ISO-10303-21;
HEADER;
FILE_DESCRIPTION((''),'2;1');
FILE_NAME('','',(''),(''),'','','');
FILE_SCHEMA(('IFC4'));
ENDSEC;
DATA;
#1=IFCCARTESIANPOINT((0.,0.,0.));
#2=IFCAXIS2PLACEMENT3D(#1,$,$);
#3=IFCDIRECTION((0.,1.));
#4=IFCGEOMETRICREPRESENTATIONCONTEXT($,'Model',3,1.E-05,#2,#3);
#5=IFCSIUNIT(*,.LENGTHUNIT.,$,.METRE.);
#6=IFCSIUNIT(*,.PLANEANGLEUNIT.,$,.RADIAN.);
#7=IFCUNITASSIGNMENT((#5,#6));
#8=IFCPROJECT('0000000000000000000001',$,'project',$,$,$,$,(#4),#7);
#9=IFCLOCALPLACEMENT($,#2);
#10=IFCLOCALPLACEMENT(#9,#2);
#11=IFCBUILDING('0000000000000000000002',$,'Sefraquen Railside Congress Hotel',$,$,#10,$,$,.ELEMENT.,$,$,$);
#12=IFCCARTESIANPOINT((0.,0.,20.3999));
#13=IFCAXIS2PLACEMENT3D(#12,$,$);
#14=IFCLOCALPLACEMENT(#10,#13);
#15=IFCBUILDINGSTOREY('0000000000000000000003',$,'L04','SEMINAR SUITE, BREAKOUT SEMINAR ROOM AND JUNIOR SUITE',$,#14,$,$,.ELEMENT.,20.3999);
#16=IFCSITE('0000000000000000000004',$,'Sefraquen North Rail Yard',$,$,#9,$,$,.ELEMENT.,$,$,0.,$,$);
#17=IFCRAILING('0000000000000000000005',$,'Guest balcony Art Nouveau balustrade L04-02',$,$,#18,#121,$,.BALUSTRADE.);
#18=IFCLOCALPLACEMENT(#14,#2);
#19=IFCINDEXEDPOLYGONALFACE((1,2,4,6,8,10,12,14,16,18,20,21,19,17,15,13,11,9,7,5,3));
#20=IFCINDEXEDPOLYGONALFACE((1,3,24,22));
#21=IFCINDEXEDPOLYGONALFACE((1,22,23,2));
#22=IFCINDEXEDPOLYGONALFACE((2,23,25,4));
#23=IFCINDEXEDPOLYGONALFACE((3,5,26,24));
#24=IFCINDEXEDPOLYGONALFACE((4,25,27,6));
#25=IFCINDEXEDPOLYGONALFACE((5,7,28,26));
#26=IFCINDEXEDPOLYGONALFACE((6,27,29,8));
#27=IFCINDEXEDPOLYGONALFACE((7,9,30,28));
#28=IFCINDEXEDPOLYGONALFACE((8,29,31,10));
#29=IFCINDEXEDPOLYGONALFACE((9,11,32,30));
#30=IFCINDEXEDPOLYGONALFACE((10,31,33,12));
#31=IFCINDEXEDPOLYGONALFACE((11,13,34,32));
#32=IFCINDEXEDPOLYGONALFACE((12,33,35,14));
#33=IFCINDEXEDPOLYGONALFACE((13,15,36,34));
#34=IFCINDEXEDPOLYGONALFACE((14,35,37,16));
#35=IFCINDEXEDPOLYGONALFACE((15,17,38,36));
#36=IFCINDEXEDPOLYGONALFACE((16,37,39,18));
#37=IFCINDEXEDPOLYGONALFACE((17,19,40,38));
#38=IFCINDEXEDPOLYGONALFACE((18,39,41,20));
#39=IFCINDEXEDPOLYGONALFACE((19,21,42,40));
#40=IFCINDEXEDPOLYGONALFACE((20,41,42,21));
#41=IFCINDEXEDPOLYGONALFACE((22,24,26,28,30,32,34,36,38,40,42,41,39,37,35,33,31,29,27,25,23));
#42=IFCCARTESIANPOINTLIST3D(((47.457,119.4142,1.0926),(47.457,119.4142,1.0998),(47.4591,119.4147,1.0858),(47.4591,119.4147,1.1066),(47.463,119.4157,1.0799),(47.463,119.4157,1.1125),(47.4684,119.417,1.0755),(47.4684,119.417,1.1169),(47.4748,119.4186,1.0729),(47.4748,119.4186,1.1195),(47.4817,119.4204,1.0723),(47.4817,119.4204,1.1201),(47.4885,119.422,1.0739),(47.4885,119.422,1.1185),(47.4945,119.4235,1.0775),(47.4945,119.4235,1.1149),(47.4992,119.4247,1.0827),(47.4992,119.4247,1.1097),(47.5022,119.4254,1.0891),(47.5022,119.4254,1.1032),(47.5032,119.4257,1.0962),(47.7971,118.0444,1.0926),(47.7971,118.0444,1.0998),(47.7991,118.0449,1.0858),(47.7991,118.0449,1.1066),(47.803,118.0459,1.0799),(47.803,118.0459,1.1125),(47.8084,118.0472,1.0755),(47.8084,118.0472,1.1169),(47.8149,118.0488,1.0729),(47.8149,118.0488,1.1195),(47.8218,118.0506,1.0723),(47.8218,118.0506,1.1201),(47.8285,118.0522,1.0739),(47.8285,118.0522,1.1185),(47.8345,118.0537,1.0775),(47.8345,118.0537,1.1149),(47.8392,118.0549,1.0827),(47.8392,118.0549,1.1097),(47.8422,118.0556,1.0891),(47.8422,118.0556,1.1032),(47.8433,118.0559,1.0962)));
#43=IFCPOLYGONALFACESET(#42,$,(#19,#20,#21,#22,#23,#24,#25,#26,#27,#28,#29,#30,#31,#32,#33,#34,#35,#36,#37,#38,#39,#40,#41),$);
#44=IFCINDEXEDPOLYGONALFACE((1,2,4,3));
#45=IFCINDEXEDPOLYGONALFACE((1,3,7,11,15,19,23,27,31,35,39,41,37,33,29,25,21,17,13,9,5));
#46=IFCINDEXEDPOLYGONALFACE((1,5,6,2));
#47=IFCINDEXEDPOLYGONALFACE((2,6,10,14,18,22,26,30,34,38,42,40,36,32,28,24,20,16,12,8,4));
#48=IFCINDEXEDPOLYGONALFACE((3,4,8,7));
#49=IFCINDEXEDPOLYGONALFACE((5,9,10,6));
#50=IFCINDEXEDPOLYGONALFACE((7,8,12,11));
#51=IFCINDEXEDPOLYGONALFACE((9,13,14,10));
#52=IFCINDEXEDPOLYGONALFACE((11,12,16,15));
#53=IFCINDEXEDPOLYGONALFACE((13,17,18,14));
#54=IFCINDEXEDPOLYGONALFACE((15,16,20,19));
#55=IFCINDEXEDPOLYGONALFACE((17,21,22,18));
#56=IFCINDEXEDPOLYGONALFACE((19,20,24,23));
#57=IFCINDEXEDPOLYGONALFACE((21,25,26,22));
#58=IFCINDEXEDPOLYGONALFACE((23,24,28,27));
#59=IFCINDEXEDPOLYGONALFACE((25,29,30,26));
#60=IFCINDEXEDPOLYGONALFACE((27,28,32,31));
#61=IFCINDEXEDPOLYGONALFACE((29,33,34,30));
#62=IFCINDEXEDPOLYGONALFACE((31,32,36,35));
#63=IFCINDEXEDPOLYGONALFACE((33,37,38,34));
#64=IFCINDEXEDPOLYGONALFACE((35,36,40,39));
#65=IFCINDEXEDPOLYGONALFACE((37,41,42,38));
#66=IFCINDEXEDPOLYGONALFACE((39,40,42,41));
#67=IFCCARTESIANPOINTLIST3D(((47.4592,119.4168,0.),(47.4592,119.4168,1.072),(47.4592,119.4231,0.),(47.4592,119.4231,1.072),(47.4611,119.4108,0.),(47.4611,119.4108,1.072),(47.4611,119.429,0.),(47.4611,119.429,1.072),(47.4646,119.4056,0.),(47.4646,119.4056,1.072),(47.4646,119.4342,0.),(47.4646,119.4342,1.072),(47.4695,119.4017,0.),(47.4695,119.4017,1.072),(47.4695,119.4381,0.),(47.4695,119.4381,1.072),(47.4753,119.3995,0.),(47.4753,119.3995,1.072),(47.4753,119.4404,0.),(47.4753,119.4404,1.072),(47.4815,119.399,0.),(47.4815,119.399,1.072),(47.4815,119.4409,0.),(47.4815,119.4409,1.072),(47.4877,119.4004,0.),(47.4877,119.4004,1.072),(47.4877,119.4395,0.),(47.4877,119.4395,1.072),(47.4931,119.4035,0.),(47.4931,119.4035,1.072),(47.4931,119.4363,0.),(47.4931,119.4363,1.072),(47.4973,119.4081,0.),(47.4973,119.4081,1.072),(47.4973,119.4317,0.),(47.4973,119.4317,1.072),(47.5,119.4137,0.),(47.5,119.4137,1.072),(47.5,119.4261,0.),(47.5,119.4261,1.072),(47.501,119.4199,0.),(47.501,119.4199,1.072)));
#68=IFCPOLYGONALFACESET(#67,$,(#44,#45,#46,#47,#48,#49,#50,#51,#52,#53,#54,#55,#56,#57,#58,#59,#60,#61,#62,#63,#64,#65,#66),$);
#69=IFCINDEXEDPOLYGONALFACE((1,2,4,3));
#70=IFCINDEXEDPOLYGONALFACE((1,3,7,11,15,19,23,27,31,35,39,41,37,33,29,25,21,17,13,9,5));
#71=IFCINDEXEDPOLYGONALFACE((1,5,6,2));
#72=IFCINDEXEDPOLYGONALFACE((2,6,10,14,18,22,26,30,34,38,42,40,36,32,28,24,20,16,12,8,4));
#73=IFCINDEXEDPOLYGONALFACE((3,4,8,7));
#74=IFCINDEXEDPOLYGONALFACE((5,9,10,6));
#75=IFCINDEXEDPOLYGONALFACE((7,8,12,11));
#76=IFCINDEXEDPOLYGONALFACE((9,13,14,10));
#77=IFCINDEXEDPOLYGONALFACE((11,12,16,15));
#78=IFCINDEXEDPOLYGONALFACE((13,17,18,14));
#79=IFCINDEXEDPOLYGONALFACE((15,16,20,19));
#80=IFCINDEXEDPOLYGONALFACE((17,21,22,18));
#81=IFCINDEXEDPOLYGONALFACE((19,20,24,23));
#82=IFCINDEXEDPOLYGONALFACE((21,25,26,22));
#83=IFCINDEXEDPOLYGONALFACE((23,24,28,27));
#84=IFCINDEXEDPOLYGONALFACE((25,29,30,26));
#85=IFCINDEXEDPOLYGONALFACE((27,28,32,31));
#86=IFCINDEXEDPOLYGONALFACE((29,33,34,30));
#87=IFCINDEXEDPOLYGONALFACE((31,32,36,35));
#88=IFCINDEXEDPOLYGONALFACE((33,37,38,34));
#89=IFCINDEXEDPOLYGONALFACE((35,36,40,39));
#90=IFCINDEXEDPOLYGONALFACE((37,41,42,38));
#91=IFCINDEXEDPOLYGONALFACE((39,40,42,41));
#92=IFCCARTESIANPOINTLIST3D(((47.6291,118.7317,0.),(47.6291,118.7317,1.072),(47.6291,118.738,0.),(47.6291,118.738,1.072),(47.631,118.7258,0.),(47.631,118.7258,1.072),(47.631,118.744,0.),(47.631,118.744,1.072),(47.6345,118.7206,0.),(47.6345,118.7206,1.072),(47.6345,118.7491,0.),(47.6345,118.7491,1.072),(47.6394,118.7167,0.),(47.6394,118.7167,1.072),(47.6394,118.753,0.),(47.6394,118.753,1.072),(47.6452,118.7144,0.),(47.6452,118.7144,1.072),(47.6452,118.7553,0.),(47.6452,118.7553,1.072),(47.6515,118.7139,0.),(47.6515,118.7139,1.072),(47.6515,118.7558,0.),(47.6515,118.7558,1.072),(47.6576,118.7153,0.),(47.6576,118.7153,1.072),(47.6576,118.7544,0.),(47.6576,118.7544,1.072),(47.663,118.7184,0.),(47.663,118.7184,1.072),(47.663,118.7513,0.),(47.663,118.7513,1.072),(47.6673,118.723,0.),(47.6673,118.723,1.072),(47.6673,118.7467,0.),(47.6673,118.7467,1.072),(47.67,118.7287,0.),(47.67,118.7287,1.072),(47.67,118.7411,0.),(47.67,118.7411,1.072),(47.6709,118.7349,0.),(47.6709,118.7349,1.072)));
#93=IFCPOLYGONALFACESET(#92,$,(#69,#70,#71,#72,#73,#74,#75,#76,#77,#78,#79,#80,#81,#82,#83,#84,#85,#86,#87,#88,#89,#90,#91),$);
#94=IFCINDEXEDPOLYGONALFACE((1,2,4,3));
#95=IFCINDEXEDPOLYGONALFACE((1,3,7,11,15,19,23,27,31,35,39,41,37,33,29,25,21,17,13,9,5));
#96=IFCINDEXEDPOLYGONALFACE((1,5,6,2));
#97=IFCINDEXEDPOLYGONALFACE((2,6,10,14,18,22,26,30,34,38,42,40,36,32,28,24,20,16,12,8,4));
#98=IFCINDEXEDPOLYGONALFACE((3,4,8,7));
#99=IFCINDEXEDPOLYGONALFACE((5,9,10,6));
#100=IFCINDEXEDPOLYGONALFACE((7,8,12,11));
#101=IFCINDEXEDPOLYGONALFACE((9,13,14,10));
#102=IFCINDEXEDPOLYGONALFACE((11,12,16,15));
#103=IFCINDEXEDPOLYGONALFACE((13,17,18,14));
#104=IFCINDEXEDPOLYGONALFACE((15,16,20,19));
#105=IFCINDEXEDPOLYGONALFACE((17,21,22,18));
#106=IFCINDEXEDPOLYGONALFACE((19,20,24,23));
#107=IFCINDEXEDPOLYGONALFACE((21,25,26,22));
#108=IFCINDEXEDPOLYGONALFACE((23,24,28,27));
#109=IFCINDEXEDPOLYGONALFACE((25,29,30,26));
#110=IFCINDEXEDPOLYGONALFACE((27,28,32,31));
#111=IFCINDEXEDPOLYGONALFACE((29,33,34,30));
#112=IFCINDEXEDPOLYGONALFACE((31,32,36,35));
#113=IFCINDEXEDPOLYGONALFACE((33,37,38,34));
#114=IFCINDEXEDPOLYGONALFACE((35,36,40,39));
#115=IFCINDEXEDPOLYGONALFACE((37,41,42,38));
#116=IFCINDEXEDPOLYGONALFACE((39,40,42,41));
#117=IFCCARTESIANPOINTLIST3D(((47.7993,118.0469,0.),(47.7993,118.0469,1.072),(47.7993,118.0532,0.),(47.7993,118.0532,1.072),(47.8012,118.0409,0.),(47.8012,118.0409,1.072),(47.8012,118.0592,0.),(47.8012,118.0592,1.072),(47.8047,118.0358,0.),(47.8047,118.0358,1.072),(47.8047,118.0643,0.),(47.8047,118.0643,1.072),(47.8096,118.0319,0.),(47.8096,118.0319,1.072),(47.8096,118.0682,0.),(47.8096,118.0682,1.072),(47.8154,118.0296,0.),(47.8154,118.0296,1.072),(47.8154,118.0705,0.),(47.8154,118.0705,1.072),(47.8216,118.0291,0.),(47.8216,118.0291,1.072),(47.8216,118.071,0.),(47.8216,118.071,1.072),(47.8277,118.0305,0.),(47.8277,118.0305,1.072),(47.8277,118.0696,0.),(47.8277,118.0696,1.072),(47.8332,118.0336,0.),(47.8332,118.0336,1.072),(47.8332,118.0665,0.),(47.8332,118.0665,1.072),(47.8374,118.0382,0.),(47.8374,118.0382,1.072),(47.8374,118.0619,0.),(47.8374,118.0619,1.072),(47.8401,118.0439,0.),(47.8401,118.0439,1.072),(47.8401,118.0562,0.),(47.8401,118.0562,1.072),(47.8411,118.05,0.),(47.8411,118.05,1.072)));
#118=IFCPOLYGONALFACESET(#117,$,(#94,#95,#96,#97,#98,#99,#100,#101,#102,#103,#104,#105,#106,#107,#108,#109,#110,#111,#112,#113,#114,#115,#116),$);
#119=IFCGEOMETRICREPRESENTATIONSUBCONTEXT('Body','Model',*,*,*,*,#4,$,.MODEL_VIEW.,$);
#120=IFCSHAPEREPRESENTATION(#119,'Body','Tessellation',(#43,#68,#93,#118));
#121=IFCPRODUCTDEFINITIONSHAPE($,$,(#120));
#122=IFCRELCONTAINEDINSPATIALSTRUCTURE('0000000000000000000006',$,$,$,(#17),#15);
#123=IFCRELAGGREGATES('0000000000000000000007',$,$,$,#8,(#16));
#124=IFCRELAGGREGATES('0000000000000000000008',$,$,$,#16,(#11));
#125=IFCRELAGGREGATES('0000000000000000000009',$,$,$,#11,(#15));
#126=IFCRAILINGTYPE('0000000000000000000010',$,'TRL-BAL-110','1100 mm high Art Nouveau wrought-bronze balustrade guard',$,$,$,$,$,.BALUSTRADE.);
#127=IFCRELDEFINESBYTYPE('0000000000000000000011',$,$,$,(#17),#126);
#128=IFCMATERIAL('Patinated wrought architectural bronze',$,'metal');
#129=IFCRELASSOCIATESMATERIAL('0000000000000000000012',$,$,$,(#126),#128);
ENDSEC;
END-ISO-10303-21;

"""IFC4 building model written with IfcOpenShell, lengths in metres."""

from ifc_helpers import new_model, si_unit, direction, frame, origin, origin_2d, place, context, subcontext, project, spatial, circle, extrude, material, type_object, element, save


model = new_model("IFC4")

# Units and contexts
model_context = context("Model", 3, precision=1e-05, world=origin(), true_north=direction((0.0, 1.0)))
body_context = subcontext(model_context, "Body", "Model", "MODEL_VIEW")
ifc_project = project(units=[si_unit("LENGTHUNIT", "METRE"), si_unit("PLANEANGLEUNIT", "RADIAN")], contexts=[model_context])

# Site, building, storey
site_placement = place(None, origin())
site = spatial("IfcSite", under=ifc_project, at=site_placement, Name="Sefraquen North Rail Yard", CompositionType="ELEMENT", RefElevation=0.0)
building_placement = place(site_placement, origin())
building = spatial("IfcBuilding", under=site, at=building_placement, Name="Sefraquen Railside Congress Hotel", CompositionType="ELEMENT")
storey_placement = place(building_placement, frame((0.0, 0.0, 20.3999)))
storey = spatial("IfcBuildingStorey", under=building, at=storey_placement, Name="L04", Description="SEMINAR SUITE, BREAKOUT SEMINAR ROOM AND JUNIOR SUITE", CompositionType="ELEMENT", Elevation=20.3999)

# Railing
ifc_material_1 = material(Name="Patinated wrought architectural bronze", Category="metal")
railing_type = type_object("IfcRailingType", Name="TRL-BAL-110", Description="1100 mm high Art Nouveau wrought-bronze balustrade guard", PredefinedType="BALUSTRADE", material=ifc_material_1)
railing_1_placement = place(storey_placement, frame((47.48, 119.4199, 0.0)))
element("IfcRailing", 1, at=railing_1_placement, inside=storey, type_object=railing_type, Name="Guest balcony Art Nouveau balustrade L04-02", PredefinedType="BALUSTRADE", context=body_context, shape_type="SweptSolid", body=[
    extrude(circle(Radius=0.0239, at=origin_2d()), frame((0.0, 0.0, 1.0962), z_axis=(0.240948, -0.970538, 0.0), x_axis=(0.970538, 0.240948, 0.0)), (0.0, 0.0, 1.0), 1.4114),
    extrude(circle(Radius=0.021, at=origin_2d()), origin(), (0.0, 0.0, 1.0), 1.072),
    extrude(circle(Radius=0.021, at=origin_2d()), frame((0.1699, -0.6851, 0.0)), (0.0, 0.0, 1.0), 1.072),
    extrude(circle(Radius=0.021, at=origin_2d()), frame((0.3401, -1.3699, 0.0)), (0.0, 0.0, 1.0), 1.072),
])

save(model, "model.ifc")
